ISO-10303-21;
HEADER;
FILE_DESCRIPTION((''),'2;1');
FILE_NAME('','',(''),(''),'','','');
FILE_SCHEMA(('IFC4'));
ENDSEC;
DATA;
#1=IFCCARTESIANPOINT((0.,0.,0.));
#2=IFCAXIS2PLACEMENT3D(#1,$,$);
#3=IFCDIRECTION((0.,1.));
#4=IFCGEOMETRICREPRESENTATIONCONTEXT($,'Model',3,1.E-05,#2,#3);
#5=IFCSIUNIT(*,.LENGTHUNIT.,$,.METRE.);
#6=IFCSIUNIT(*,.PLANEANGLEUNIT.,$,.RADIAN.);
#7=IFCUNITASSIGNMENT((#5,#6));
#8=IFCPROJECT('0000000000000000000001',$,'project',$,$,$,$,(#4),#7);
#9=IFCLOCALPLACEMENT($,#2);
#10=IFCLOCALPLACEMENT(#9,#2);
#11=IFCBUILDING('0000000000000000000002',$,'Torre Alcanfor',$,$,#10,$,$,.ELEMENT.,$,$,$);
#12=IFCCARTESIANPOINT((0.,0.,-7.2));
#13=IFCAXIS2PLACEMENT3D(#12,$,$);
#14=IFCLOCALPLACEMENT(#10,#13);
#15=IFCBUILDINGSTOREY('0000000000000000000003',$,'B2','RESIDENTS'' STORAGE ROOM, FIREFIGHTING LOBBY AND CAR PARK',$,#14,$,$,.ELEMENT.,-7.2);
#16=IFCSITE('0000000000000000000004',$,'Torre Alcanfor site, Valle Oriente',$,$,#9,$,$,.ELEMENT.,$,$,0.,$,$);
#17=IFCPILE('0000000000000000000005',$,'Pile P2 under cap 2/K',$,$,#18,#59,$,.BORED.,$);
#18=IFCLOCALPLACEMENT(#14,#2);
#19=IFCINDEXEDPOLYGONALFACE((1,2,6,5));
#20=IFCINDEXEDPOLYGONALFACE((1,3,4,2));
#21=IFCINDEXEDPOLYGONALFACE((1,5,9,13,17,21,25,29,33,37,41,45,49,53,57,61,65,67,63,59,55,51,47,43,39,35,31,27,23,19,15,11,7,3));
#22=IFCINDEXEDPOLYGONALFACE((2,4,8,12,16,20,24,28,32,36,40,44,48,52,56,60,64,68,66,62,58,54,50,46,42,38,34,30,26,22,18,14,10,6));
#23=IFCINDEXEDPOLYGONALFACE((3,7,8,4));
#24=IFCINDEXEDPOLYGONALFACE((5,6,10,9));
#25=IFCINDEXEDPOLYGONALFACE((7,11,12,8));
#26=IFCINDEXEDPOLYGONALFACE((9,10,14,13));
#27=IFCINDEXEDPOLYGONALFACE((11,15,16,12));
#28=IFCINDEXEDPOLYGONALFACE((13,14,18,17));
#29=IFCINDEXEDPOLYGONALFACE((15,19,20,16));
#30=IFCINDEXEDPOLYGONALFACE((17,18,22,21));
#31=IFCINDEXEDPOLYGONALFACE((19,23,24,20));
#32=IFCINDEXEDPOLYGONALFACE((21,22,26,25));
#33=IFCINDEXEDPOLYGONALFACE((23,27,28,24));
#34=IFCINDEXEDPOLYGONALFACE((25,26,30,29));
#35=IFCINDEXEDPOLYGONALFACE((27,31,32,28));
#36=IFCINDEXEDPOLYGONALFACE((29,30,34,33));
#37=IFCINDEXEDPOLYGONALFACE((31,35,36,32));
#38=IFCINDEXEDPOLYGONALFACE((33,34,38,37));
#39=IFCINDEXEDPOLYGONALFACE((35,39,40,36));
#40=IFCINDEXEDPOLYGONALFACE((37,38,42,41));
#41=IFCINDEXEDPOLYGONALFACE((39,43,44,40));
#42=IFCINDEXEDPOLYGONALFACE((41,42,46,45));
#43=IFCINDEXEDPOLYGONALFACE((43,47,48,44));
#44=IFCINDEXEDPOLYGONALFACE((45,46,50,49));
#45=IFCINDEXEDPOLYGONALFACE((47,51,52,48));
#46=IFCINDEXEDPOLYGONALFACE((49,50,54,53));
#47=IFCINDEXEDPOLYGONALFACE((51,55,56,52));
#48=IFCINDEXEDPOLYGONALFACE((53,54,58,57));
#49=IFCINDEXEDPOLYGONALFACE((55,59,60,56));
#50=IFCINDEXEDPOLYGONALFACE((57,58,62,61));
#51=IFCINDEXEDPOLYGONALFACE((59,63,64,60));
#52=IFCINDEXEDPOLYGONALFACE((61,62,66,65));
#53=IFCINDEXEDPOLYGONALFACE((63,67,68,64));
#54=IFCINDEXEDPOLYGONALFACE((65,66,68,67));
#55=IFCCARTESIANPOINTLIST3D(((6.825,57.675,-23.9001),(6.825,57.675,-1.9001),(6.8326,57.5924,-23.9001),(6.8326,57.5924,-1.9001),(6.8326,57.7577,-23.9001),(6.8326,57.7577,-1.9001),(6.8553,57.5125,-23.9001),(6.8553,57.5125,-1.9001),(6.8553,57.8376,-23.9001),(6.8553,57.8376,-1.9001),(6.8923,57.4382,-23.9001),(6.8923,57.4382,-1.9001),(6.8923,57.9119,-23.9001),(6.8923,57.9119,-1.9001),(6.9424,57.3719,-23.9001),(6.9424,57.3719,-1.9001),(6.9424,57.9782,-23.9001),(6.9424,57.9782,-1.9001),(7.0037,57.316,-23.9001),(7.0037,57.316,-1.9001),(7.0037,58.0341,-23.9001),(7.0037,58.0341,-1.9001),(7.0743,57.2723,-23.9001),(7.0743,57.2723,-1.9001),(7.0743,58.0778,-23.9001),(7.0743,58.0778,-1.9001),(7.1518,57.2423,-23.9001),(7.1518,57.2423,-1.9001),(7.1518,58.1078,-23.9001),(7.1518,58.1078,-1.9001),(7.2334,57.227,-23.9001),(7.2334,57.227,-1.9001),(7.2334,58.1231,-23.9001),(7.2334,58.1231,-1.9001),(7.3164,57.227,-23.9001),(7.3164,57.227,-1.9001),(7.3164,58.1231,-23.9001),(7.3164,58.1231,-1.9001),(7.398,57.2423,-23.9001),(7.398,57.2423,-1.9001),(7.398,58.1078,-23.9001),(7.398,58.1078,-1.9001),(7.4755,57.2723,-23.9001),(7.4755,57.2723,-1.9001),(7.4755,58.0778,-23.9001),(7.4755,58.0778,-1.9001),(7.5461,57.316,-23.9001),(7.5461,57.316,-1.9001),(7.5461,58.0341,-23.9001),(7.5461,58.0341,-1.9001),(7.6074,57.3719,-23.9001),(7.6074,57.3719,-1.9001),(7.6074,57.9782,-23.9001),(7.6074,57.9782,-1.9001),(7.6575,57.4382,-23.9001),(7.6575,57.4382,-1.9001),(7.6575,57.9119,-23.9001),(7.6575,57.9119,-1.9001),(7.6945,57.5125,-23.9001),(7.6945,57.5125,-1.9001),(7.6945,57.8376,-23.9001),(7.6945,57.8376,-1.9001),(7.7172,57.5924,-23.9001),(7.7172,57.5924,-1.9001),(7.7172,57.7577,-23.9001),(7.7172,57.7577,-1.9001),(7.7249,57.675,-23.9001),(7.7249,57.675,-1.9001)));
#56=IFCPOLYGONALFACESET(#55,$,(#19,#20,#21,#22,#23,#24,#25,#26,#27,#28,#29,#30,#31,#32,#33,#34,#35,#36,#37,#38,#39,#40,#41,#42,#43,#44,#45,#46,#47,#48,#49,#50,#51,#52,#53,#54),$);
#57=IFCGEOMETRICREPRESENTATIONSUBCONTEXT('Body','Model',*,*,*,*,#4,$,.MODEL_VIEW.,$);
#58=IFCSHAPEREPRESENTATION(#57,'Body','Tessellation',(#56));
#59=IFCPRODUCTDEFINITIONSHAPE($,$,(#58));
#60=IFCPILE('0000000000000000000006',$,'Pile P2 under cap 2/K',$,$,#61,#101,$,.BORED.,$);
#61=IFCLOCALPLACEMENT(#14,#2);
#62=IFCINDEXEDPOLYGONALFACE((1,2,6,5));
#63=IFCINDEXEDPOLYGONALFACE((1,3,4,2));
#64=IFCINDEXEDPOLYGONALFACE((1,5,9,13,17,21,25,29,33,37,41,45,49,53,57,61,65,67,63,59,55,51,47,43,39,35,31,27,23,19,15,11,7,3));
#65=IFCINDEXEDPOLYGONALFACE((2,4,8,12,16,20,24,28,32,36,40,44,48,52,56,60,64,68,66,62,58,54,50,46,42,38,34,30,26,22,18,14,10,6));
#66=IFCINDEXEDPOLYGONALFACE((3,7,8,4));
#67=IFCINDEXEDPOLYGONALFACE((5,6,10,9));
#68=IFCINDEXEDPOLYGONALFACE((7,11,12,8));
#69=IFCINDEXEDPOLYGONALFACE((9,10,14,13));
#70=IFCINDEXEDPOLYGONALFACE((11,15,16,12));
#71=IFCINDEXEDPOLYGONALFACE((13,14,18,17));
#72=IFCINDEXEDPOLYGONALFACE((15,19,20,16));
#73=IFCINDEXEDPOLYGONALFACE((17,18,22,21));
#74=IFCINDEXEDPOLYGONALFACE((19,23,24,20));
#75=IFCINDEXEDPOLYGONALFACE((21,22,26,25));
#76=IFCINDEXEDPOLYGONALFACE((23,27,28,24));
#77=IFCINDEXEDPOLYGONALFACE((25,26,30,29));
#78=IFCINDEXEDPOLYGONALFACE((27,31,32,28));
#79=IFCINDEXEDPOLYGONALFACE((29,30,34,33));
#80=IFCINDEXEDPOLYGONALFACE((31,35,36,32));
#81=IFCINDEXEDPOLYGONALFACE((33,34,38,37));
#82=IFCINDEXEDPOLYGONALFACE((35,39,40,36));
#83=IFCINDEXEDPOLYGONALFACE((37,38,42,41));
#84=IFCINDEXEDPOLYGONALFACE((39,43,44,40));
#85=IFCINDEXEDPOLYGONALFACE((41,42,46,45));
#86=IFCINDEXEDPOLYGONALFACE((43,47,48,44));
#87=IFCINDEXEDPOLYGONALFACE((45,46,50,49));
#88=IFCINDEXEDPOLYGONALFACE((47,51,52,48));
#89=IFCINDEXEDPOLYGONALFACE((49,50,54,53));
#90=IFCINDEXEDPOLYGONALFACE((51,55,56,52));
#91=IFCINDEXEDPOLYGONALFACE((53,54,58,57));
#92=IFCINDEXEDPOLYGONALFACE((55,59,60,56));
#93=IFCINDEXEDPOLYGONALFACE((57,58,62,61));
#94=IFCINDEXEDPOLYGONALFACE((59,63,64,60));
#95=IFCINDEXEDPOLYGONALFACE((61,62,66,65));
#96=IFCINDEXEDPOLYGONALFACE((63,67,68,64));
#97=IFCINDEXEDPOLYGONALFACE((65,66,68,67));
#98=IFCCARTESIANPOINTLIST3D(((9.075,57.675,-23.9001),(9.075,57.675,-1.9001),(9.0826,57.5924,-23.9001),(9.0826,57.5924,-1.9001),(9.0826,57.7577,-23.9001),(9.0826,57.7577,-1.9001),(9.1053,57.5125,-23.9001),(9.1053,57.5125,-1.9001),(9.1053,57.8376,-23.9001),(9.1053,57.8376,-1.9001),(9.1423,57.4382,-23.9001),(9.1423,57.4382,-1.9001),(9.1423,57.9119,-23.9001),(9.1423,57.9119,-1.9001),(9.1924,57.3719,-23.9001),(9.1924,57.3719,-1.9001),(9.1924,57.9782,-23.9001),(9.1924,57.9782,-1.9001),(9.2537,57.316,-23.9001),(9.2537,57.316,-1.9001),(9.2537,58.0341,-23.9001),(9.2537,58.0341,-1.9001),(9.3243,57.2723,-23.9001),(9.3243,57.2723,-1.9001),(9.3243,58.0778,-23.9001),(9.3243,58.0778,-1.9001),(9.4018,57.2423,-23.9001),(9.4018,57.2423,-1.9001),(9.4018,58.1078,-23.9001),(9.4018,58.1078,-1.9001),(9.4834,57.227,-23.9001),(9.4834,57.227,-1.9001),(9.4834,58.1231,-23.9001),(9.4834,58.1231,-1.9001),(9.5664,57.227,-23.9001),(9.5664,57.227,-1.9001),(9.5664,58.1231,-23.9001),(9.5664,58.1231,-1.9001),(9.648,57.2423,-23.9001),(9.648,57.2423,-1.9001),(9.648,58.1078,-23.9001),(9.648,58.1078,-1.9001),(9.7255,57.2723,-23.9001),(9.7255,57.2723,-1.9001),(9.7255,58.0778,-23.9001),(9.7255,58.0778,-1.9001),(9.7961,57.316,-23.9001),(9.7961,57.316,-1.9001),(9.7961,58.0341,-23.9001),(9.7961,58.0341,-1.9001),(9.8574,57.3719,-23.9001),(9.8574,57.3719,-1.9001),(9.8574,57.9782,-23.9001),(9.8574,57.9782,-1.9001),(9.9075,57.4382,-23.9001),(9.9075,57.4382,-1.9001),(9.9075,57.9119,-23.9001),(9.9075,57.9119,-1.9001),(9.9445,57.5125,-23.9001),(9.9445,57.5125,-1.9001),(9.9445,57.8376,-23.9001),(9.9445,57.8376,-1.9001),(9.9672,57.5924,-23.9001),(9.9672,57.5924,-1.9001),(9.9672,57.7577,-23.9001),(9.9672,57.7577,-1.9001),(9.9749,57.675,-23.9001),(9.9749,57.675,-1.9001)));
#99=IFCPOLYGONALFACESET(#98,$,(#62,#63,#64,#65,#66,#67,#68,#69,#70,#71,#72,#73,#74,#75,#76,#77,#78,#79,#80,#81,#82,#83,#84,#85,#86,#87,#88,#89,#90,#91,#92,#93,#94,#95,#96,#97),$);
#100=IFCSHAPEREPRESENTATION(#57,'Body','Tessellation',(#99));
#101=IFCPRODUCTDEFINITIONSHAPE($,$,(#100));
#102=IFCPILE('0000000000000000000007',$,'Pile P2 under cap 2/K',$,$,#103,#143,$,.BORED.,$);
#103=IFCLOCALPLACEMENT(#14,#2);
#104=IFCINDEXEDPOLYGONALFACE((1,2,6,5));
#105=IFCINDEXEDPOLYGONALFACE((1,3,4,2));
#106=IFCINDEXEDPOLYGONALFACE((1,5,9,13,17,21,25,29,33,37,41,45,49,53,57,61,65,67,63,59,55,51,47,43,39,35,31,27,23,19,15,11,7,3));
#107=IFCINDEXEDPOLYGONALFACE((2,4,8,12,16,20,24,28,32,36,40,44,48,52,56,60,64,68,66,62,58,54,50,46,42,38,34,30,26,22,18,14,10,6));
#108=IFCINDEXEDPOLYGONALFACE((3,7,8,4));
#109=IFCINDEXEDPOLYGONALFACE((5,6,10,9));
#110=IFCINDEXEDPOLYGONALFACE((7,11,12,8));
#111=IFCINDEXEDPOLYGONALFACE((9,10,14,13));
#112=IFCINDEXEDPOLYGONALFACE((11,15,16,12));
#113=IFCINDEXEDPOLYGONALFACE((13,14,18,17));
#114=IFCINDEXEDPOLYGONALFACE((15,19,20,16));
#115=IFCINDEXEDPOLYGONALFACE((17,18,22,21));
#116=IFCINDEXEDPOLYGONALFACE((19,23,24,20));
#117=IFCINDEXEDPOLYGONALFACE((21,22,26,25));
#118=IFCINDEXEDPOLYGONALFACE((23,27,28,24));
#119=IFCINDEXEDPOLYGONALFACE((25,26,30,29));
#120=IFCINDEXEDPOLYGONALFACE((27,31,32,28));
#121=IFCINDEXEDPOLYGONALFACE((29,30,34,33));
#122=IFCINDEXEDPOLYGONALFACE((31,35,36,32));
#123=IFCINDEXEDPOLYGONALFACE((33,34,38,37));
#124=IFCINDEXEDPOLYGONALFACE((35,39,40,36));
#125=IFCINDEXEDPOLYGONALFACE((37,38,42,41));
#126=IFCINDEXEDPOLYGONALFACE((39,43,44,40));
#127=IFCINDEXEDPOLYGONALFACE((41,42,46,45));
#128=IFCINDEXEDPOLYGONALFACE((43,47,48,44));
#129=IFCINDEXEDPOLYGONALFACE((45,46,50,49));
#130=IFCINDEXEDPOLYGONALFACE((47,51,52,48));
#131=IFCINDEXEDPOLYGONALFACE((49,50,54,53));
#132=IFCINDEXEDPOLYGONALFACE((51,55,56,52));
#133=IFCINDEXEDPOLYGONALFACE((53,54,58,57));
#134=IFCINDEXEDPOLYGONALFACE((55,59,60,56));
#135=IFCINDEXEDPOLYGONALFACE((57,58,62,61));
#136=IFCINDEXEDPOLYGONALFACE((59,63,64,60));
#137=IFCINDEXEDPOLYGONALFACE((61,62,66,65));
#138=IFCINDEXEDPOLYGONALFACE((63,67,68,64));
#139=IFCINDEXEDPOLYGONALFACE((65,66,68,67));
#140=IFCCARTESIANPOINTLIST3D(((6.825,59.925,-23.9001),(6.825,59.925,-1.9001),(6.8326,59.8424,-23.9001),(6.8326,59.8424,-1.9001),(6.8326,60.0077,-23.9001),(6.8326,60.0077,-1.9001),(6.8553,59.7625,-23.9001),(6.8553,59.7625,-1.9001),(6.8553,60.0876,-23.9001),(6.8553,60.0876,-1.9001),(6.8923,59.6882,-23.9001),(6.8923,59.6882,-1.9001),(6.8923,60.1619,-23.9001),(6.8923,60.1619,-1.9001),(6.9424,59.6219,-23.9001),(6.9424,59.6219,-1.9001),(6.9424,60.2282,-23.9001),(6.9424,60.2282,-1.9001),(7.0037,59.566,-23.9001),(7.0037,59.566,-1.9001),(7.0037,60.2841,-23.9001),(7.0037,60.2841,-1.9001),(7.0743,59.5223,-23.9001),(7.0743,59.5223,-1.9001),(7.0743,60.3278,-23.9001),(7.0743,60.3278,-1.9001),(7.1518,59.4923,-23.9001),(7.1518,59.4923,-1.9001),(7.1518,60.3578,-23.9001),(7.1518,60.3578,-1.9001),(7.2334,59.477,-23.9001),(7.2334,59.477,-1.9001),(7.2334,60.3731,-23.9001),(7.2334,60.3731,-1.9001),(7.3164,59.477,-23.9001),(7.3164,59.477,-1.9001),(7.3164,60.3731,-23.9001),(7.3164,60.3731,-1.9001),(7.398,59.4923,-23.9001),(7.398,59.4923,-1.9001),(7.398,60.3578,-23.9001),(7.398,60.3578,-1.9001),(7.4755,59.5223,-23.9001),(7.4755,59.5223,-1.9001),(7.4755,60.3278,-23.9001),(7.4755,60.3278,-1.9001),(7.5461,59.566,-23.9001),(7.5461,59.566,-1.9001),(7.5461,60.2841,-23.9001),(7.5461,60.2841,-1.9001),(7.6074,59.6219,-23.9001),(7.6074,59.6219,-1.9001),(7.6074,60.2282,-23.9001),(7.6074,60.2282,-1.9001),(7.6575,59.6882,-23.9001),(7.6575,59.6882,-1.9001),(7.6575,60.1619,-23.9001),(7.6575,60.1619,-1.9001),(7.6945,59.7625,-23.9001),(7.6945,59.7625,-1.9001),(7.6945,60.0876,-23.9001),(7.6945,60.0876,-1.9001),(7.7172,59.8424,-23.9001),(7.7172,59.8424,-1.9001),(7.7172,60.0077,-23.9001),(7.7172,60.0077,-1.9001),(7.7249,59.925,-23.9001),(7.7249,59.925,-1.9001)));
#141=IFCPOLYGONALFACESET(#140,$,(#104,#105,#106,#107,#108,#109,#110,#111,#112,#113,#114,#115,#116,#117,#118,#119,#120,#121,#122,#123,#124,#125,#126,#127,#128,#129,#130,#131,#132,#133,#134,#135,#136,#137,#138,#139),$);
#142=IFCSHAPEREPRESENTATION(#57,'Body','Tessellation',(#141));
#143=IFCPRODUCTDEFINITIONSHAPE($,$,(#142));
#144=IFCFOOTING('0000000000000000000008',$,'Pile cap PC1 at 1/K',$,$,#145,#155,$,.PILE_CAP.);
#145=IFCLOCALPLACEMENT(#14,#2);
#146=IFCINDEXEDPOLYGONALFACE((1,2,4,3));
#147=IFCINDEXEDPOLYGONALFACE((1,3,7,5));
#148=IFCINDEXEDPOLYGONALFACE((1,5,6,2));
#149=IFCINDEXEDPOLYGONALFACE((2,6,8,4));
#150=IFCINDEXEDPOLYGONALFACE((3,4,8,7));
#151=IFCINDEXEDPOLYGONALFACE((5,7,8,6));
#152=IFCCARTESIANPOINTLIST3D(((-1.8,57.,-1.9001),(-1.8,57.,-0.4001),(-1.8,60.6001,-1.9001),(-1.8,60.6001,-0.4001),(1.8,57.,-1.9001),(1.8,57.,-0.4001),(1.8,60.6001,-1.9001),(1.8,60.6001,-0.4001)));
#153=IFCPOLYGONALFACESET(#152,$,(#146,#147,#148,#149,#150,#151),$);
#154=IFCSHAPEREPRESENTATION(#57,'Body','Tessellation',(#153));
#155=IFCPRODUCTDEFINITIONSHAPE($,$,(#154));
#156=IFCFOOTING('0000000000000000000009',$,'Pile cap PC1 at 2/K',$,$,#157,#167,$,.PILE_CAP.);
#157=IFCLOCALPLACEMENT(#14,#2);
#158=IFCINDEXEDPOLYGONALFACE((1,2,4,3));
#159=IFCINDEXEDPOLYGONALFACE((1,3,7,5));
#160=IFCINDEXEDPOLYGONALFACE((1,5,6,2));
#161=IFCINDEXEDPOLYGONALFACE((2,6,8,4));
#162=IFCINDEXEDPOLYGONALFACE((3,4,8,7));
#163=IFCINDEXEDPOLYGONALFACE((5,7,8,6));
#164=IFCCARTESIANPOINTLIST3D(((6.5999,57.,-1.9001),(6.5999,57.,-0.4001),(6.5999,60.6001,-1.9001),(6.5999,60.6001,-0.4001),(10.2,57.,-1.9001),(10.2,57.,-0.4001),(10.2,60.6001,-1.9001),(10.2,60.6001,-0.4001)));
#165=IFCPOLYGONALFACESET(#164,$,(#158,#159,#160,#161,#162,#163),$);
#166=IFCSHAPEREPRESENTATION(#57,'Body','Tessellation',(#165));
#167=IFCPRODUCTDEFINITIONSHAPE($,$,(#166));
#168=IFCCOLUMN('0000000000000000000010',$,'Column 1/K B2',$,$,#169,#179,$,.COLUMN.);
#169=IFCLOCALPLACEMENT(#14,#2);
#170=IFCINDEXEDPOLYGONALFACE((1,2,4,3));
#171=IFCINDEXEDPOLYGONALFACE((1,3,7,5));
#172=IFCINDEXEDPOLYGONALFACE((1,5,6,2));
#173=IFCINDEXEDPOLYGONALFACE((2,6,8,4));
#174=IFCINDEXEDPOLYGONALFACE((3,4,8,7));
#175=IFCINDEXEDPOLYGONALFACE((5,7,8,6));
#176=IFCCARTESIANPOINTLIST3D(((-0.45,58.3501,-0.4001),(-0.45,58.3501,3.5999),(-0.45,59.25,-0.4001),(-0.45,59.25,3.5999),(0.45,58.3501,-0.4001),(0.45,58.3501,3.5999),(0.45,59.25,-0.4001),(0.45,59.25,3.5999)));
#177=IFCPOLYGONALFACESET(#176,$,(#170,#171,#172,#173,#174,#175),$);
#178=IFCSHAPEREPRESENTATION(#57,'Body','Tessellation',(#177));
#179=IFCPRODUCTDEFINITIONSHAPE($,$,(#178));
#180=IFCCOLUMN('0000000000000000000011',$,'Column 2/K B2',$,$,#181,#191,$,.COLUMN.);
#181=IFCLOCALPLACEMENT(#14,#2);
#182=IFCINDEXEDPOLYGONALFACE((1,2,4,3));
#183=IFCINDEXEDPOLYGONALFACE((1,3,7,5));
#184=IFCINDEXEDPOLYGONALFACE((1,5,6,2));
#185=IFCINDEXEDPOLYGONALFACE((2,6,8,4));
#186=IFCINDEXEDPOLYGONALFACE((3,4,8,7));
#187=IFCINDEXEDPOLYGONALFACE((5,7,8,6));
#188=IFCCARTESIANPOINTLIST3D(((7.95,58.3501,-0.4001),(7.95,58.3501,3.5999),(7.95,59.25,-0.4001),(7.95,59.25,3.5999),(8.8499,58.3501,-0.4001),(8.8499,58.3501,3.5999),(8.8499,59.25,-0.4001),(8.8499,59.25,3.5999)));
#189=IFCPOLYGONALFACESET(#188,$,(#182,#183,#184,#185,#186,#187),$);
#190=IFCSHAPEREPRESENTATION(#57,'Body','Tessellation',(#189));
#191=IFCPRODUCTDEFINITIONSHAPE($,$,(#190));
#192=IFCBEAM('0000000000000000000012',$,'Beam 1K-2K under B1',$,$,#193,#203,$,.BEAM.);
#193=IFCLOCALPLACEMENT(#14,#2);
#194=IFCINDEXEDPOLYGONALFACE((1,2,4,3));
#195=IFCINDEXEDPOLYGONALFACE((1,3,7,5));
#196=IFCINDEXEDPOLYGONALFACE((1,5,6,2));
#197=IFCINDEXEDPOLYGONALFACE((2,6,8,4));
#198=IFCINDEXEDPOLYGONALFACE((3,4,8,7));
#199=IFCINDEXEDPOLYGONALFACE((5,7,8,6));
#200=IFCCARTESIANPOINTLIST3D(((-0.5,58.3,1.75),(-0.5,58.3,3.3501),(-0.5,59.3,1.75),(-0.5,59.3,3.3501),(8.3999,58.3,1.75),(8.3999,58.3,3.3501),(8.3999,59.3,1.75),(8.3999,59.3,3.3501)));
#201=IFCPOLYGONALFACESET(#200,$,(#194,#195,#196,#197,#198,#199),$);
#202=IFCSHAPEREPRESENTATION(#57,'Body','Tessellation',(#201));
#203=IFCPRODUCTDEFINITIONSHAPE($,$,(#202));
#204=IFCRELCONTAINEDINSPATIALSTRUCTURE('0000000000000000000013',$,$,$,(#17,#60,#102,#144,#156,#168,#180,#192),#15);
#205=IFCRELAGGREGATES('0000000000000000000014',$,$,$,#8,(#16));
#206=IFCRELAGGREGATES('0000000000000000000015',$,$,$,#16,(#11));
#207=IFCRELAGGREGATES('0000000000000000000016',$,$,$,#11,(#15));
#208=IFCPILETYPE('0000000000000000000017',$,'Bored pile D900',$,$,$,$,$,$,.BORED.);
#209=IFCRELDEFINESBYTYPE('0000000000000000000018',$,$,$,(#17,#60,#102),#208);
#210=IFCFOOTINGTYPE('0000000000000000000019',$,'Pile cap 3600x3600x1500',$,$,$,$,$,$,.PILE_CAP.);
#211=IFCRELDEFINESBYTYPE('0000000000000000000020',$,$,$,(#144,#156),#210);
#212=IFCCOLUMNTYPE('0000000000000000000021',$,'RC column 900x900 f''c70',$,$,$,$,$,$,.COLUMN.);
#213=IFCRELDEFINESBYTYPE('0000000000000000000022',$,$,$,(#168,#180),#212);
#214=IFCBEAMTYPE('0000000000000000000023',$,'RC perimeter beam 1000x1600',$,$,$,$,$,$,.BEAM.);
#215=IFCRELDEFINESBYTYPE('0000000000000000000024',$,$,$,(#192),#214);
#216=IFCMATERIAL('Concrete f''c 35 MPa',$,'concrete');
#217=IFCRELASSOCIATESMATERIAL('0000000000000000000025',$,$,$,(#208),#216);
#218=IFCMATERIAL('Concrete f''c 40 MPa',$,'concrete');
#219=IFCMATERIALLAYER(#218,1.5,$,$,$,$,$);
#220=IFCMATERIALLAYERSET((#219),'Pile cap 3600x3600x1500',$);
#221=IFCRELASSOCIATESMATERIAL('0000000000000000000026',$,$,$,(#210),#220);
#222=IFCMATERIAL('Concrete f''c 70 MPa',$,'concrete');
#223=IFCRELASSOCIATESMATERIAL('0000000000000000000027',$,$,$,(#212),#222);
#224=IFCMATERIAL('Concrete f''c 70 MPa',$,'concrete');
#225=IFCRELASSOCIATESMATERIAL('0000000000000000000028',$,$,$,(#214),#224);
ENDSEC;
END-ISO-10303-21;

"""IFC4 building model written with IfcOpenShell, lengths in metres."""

from ifc_helpers import new_model, si_unit, direction, frame, origin, origin_2d, place, context, subcontext, project, spatial, rectangle, circle, extrude, material, layer, layer_set, material_profile, profile_set, type_object, element, save


model = new_model("IFC4")

# Units and contexts
model_context = context("Model", 3, precision=1e-05, world=origin(), true_north=direction((0.0, 1.0)))
body_context = subcontext(model_context, "Body", "Model", "MODEL_VIEW")
ifc_project = project(units=[si_unit("LENGTHUNIT", "METRE"), si_unit("PLANEANGLEUNIT", "RADIAN")], contexts=[model_context])

# Site, building, storey
site_placement = place(None, origin())
site = spatial("IfcSite", under=ifc_project, at=site_placement, Name="Torre Alcanfor site, Valle Oriente", CompositionType="ELEMENT", RefElevation=0.0)
building_placement = place(site_placement, origin())
building = spatial("IfcBuilding", under=site, at=building_placement, Name="Torre Alcanfor", CompositionType="ELEMENT")
storey_placement = place(building_placement, frame((0.0, 0.0, -7.2)))
storey = spatial("IfcBuildingStorey", under=building, at=storey_placement, Name="B2", Description="RESIDENTS' STORAGE ROOM, FIREFIGHTING LOBBY AND CAR PARK", CompositionType="ELEMENT", Elevation=-7.2)

# Piles
ifc_material_1 = material(Name="Concrete f'c 35 MPa", Category="concrete")
ifc_material_profile_1 = material_profile(ifc_material_1, circle(Radius=0.45, at=origin_2d()), Name="D900")
ifc_profile_set_1 = profile_set([ifc_material_profile_1], Name="Concrete f'c 35 MPa")
pile_type = type_object("IfcPileType", Name="Bored pile D900", PredefinedType="BORED", material=ifc_profile_set_1)
for number, where, z_axis, x_axis, name in (
    (1, (7.2749, 57.675, -1.9001), (0.0, 0.0, -1.0), (1.0, 0.0, 0.0), "Pile P2 under cap 2/K"),
    (2, (9.5249, 57.675, -1.9001), (0.0, 0.0, -1.0), (1.0, 0.0, 0.0), "Pile P2 under cap 2/K"),
    (3, (7.2749, 59.925, -1.9001), (0.0, 0.0, -1.0), (1.0, 0.0, 0.0), "Pile P2 under cap 2/K"),
):
    element("IfcPile", number, at=place(storey_placement, frame(where, z_axis=z_axis, x_axis=x_axis)), inside=storey, type_object=pile_type, Name=name, PredefinedType="BORED", context=body_context, shape_type="SweptSolid", body=[
        extrude(circle(Radius=0.45, at=origin_2d()), origin(), (0.0, 0.0, 1.0), 22.0),
    ])

# Footings
ifc_material_2 = material(Name="Concrete f'c 40 MPa", Category="concrete")
ifc_layer_1 = layer(ifc_material_2, 1.5)
ifc_layer_set_1 = layer_set([ifc_layer_1], Name="Pile cap 3600x3600x1500")
footing_type = type_object("IfcFootingType", Name="Pile cap 3600x3600x1500", PredefinedType="PILE_CAP", material=ifc_layer_set_1)
for number, where, z_axis, x_axis, name in (
    (4, (0.0, 58.8, -1.9001), (0.0, 0.0, 1.0), (1.0, 0.0, 0.0), "Pile cap PC1 at 1/K"),
    (5, (8.3999, 58.8, -1.9001), (0.0, 0.0, 1.0), (1.0, 0.0, 0.0), "Pile cap PC1 at 2/K"),
):
    element("IfcFooting", number, at=place(storey_placement, frame(where, z_axis=z_axis, x_axis=x_axis)), inside=storey, type_object=footing_type, Name=name, PredefinedType="PILE_CAP", context=body_context, shape_type="SweptSolid", body=[
        extrude(rectangle(XDim=3.6001, YDim=3.6001, at=origin_2d()), origin(), (0.0, 0.0, 1.0), 1.5),
    ])

# Columns
ifc_material_3 = material(Name="Concrete f'c 70 MPa", Category="concrete")
ifc_material_profile_2 = material_profile(ifc_material_3, rectangle(XDim=0.8999, YDim=0.8999, at=origin_2d()), Name="900x900")
ifc_profile_set_2 = profile_set([ifc_material_profile_2], Name="Concrete f'c 70 MPa")
column_type = type_object("IfcColumnType", Name="RC column 900x900 f'c70", PredefinedType="COLUMN", material=ifc_profile_set_2)
for number, where, z_axis, x_axis, name in (
    (6, (0.0, 58.8, -0.4001), (0.0, 0.0, 1.0), (1.0, 0.0, 0.0), "Column 1/K B2"),
    (7, (8.3999, 58.8, -0.4001), (0.0, 0.0, 1.0), (1.0, 0.0, 0.0), "Column 2/K B2"),
):
    element("IfcColumn", number, at=place(storey_placement, frame(where, z_axis=z_axis, x_axis=x_axis)), inside=storey, type_object=column_type, Name=name, PredefinedType="COLUMN", context=body_context, shape_type="SweptSolid", body=[
        extrude(rectangle(XDim=0.8999, YDim=0.8999, at=origin_2d()), origin(), (0.0, 0.0, 1.0), 4.0),
    ])

# Beam
ifc_material_4 = material(Name="Concrete f'c 70 MPa", Category="concrete")
ifc_material_profile_3 = material_profile(ifc_material_4, rectangle(XDim=1.0, YDim=1.6001, at=origin_2d()), Name="1000x1600")
ifc_profile_set_3 = profile_set([ifc_material_profile_3], Name="Concrete f'c 70 MPa")
beam_type_1 = type_object("IfcBeamType", Name="RC perimeter beam 1000x1600", PredefinedType="BEAM", material=ifc_profile_set_3)
beam_1_placement = place(storey_placement, frame((-0.5, 58.8, 2.55), z_axis=(1.0, 0.0, 0.0), x_axis=(0.0, 1.0, 0.0)))
element("IfcBeam", 8, at=beam_1_placement, inside=storey, type_object=beam_type_1, Name="Beam 1K-2K under B1", PredefinedType="BEAM", context=body_context, shape_type="SweptSolid", body=[
    extrude(rectangle(XDim=1.0, YDim=1.6001, at=origin_2d()), origin(), (0.0, 0.0, 1.0), 8.8999),
])

save(model, "model.ifc")
